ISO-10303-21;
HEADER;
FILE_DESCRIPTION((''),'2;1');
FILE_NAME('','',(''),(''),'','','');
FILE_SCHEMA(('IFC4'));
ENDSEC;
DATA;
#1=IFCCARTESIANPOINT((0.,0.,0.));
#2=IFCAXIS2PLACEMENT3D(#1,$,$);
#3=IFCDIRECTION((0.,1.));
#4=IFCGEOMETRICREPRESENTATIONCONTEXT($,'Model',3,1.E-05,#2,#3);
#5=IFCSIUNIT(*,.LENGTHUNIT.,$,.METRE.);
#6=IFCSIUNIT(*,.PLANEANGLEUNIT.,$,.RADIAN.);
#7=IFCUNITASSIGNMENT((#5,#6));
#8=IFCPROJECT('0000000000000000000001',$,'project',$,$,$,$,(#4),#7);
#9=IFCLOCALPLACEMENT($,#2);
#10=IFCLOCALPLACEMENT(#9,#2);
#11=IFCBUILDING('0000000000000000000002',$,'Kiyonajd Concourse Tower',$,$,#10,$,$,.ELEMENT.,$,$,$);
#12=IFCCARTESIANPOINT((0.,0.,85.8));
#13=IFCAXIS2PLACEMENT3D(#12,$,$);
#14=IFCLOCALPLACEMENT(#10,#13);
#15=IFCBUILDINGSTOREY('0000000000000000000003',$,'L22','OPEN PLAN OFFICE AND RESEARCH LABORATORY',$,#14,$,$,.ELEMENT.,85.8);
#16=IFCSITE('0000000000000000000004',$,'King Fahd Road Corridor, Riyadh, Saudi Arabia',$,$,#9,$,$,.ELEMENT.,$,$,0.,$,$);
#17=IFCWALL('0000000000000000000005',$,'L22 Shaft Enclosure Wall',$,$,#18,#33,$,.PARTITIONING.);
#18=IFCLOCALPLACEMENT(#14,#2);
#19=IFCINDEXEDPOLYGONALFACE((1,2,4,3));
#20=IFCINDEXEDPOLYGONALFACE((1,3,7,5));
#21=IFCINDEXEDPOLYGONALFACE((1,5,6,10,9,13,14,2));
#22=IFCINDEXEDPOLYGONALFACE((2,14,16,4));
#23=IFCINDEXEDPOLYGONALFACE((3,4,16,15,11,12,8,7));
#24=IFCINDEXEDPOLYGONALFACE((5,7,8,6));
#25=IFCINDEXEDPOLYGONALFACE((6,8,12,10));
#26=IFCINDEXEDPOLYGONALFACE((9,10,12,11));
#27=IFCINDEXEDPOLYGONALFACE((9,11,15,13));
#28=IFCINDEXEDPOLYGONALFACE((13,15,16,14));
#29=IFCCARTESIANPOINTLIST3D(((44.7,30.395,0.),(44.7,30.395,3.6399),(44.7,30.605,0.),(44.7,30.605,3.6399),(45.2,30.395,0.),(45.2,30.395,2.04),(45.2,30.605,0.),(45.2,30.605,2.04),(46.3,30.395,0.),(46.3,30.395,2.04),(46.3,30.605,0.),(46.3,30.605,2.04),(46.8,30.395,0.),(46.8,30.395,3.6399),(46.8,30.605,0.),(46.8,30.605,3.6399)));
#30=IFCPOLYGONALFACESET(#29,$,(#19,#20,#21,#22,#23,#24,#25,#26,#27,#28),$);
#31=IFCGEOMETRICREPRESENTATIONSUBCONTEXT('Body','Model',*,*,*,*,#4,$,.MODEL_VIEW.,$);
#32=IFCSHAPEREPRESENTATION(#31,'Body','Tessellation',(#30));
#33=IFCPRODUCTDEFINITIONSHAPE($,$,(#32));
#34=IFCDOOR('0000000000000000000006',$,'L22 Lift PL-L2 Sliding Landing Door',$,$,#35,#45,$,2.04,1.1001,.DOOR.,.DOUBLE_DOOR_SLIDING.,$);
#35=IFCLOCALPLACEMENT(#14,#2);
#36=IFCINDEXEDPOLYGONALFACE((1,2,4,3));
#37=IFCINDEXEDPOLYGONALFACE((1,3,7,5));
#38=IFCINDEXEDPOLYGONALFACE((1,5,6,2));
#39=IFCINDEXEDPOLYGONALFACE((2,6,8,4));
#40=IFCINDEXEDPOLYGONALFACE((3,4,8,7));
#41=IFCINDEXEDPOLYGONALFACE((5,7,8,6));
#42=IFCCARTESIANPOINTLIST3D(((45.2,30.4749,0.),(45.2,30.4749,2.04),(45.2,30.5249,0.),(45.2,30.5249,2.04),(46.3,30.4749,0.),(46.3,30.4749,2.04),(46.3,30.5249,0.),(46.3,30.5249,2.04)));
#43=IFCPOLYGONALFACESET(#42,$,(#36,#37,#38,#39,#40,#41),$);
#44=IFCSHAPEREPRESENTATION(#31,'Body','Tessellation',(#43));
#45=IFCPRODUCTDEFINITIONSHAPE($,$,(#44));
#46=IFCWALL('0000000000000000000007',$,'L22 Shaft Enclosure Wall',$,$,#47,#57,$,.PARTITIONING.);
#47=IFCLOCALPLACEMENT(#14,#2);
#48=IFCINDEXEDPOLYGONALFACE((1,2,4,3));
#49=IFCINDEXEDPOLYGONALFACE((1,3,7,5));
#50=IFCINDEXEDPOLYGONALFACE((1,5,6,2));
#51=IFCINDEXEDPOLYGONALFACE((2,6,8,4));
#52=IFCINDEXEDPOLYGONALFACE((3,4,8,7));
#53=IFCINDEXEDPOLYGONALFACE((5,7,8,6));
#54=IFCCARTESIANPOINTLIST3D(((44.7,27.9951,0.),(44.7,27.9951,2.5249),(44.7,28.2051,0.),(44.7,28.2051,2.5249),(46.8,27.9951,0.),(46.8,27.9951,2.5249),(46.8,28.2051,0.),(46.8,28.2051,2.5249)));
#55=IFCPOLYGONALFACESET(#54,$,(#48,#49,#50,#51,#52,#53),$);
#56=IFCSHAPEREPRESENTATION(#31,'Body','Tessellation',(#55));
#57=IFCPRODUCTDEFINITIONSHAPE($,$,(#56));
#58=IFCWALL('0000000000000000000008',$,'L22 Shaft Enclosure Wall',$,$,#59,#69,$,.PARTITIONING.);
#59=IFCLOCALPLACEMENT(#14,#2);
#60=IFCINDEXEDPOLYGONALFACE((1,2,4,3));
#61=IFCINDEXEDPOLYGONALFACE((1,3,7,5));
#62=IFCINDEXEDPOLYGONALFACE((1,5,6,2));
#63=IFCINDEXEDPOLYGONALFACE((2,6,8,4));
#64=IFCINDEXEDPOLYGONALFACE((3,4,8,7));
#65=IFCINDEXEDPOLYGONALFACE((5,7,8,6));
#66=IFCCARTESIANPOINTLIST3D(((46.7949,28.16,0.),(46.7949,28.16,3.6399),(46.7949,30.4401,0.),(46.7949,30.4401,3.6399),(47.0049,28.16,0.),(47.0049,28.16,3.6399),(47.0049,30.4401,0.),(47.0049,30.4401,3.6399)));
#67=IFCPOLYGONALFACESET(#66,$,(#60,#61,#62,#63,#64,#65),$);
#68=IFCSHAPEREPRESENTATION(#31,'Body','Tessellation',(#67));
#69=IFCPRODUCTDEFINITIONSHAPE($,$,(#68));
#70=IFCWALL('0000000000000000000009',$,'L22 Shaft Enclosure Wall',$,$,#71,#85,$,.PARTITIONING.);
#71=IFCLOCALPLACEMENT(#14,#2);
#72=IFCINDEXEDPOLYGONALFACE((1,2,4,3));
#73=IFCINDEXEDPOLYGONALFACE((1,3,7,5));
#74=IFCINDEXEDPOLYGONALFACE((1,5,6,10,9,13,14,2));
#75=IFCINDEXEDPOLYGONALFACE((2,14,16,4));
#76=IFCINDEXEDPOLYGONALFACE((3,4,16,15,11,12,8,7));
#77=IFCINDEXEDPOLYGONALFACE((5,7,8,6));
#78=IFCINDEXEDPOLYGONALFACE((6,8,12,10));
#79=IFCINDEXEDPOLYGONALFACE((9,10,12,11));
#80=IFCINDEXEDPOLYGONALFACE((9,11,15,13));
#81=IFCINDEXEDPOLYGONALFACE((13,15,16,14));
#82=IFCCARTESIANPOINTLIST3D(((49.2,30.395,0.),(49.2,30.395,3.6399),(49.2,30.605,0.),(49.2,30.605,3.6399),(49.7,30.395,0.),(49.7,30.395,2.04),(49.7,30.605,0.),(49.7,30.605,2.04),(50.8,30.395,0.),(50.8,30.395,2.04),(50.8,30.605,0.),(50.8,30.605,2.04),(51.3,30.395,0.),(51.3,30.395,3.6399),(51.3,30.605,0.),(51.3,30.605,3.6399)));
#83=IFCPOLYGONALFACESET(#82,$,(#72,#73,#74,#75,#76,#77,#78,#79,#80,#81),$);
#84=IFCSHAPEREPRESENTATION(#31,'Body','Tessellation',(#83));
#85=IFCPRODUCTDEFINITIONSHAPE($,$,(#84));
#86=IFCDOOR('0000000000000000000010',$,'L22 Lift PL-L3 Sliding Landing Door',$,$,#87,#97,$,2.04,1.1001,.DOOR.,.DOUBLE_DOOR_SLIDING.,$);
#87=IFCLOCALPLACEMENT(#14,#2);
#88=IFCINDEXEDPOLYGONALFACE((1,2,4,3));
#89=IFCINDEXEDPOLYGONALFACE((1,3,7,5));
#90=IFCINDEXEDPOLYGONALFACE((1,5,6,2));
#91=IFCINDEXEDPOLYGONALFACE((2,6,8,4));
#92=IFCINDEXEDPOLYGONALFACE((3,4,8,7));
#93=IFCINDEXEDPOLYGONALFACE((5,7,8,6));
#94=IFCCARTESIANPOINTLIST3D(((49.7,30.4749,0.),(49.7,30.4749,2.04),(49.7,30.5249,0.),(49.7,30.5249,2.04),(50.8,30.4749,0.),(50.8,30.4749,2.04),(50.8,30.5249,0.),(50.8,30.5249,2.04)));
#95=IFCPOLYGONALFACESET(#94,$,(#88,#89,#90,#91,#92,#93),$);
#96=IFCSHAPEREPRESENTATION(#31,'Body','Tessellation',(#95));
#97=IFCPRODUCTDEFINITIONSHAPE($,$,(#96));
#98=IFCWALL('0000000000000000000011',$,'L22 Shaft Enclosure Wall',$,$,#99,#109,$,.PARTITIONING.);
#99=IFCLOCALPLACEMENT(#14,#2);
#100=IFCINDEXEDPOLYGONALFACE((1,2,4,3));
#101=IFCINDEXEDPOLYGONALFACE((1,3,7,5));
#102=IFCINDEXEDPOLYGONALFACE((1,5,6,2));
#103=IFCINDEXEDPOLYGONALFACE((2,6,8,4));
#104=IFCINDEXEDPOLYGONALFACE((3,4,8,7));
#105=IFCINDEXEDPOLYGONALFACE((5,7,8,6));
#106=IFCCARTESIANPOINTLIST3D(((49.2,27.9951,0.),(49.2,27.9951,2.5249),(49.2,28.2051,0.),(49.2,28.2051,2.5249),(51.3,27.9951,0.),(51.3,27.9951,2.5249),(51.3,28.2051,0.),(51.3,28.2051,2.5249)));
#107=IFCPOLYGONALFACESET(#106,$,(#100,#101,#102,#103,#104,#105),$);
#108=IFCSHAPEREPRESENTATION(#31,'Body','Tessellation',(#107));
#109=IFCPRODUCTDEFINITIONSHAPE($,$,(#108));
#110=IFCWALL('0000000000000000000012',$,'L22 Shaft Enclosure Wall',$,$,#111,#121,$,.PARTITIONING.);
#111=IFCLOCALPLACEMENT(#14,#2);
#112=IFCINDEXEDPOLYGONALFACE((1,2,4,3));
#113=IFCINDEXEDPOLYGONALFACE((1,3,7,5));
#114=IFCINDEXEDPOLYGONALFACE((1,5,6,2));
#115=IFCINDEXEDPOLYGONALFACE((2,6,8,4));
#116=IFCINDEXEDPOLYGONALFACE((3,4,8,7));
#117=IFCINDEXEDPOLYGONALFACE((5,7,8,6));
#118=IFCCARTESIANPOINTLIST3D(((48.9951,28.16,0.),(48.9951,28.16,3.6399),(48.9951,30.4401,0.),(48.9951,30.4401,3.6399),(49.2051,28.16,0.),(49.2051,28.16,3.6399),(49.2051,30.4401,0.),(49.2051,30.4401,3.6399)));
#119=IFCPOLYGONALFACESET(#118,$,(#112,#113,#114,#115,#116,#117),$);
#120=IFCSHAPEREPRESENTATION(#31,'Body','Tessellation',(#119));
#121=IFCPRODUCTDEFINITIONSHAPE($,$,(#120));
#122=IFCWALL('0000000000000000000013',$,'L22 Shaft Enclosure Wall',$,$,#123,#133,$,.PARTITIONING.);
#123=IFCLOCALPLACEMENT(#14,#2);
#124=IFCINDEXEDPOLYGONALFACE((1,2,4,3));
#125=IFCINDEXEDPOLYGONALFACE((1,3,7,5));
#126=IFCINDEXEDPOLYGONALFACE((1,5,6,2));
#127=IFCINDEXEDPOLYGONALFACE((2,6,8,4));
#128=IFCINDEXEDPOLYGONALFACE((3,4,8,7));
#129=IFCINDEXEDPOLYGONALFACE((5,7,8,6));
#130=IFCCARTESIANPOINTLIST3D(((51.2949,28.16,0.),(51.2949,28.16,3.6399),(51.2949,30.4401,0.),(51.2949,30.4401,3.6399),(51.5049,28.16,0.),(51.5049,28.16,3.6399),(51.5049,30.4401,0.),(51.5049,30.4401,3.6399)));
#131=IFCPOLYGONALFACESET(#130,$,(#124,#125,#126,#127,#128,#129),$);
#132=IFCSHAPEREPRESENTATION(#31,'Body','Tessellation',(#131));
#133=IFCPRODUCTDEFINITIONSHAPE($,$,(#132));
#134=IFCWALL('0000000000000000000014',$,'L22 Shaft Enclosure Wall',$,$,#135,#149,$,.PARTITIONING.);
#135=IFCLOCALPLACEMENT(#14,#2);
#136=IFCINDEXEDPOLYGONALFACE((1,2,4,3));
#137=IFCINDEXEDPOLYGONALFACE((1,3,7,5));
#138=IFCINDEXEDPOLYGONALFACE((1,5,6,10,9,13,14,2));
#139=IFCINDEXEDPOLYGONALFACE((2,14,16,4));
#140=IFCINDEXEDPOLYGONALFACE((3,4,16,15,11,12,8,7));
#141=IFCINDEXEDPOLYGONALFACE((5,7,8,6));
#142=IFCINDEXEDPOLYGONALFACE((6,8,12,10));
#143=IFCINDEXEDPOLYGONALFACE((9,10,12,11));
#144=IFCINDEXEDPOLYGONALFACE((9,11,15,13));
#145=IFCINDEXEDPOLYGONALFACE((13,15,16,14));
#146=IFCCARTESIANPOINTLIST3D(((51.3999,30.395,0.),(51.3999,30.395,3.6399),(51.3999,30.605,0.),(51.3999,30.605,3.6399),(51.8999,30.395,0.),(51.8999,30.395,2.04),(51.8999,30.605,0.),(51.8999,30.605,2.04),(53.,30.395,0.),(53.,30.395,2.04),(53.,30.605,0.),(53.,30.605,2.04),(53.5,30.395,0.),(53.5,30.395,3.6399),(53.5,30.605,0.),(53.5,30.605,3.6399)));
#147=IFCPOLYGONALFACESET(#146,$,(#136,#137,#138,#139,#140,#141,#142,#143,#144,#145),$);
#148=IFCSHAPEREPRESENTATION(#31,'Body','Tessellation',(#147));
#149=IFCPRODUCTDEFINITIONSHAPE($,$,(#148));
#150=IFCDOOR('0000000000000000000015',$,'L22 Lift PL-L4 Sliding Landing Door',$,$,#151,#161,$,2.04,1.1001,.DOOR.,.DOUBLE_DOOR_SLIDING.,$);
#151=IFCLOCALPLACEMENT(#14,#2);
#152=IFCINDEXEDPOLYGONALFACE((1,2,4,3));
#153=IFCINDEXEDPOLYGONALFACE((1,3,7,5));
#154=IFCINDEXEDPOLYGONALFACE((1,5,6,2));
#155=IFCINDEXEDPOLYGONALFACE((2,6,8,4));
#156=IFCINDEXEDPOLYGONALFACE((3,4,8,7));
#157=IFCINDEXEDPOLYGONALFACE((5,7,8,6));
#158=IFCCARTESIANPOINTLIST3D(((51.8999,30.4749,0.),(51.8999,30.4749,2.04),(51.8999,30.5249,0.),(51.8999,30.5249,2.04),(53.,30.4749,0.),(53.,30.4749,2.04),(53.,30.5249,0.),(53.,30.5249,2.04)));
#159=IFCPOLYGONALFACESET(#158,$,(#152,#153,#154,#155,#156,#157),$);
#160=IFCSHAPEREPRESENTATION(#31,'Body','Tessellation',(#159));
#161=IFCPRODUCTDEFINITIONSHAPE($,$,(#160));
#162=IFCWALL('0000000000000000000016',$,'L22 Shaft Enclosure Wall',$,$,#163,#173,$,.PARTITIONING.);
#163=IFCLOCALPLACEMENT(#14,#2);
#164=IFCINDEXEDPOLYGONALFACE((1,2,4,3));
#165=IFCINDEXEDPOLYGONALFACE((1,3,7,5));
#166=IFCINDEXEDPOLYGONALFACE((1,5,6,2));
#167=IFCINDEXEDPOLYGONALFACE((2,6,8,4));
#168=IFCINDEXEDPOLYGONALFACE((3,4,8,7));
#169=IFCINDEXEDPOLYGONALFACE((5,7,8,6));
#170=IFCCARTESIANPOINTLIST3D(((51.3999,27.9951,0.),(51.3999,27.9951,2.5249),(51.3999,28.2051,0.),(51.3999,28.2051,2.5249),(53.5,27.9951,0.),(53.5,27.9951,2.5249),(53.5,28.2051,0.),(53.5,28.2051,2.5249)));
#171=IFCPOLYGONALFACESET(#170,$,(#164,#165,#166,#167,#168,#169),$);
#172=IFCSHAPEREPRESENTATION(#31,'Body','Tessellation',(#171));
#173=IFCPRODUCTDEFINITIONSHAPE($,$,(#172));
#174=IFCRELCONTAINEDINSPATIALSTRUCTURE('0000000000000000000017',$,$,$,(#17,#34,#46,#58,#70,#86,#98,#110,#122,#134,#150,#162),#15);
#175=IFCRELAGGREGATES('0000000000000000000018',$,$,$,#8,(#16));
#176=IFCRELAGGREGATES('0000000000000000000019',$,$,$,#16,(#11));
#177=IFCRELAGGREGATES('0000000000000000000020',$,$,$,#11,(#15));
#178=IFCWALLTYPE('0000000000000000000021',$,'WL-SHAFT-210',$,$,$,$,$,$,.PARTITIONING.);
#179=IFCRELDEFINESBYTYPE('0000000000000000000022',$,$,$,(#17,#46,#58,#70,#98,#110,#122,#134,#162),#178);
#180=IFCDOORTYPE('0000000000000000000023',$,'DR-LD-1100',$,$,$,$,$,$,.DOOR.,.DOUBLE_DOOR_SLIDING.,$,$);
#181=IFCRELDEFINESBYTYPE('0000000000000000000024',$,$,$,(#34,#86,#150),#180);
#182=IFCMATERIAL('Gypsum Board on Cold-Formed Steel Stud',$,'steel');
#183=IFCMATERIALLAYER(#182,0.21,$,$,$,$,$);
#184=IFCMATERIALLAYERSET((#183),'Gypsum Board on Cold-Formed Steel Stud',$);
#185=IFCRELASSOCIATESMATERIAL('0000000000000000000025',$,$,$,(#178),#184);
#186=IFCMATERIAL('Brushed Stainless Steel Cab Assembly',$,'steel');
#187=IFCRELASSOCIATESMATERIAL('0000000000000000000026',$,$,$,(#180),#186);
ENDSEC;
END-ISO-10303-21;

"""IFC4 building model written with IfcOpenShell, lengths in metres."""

from ifc_helpers import new_model, si_unit, direction, frame, frame_2d, origin, place, context, subcontext, project, spatial, rectangle, extrude, material, layer, layer_set, type_object, element, fill, save


model = new_model("IFC4")

# Units and contexts
model_context = context("Model", 3, precision=1e-05, world=origin(), true_north=direction((0.0, 1.0)))
body_context = subcontext(model_context, "Body", "Model", "MODEL_VIEW")
ifc_project = project(units=[si_unit("LENGTHUNIT", "METRE"), si_unit("PLANEANGLEUNIT", "RADIAN")], contexts=[model_context])

# Site, building, storey
site_placement = place(None, origin())
site = spatial("IfcSite", under=ifc_project, at=site_placement, Name="King Fahd Road Corridor, Riyadh, Saudi Arabia", CompositionType="ELEMENT", RefElevation=0.0)
building_placement = place(site_placement, origin())
building = spatial("IfcBuilding", under=site, at=building_placement, Name="Kiyonajd Concourse Tower", CompositionType="ELEMENT")
storey_placement = place(building_placement, frame((0.0, 0.0, 85.8)))
storey = spatial("IfcBuildingStorey", under=building, at=storey_placement, Name="L22", Description="OPEN PLAN OFFICE AND RESEARCH LABORATORY", CompositionType="ELEMENT", Elevation=85.8)

# Shared definitions
ifc_material_1 = material(Name="Brushed Stainless Steel Cab Assembly", Category="steel")
ifc_material_2 = material(Name="Gypsum Board on Cold-Formed Steel Stud", Category="steel")
ifc_layer_1 = layer(ifc_material_2, 0.21)
ifc_layer_set_1 = layer_set([ifc_layer_1], Name="Gypsum Board on Cold-Formed Steel Stud")
wall_type_1 = type_object("IfcWallType", Name="WL-SHAFT-210", PredefinedType="PARTITIONING", material=ifc_layer_set_1)

# Wall, opening, door
wall_1_placement = place(storey_placement, frame((44.7, 30.5, 0.0), z_axis=(0.0, 0.0, 1.0), x_axis=(1.0, 0.0, 0.0)))
wall_1 = element("IfcWall", 1, at=wall_1_placement, inside=storey, type_object=wall_type_1, Name="L22 Shaft Enclosure Wall", PredefinedType="PARTITIONING", context=body_context, shape_type="SweptSolid", body=[
    extrude(rectangle(XDim=2.1001, YDim=0.21, at=frame_2d((1.05, 0.0))), origin(), (0.0, 0.0, 1.0), 3.6399),
])
opening_1_placement = place(wall_1_placement, frame((0.5, 0.0, 0.0)))
opening_1 = element("IfcOpeningElement", 2, at=opening_1_placement, cuts=wall_1, PredefinedType="OPENING", context=body_context, shape_type="SweptSolid", body=[
    extrude(rectangle(XDim=1.1001, YDim=2.04, at=frame_2d((0.55, 1.02))), frame((0.0, 0.115, 0.0), z_axis=(0.0, -1.0, 0.0), x_axis=(1.0, 0.0, 0.0)), (0.0, 0.0, 1.0), 0.23),
])
door_type_1 = type_object("IfcDoorType", Name="DR-LD-1100", OperationType="DOUBLE_DOOR_SLIDING", PredefinedType="DOOR", material=ifc_material_1)
door_1_placement = place(opening_1_placement, origin())
door_1 = element("IfcDoor", 3, at=door_1_placement, inside=storey, type_object=door_type_1, Name="L22 Lift PL-L2 Sliding Landing Door", OperationType="DOUBLE_DOOR_SLIDING", OverallHeight=2.04, OverallWidth=1.1001, PredefinedType="DOOR", context=body_context, shape_type="SweptSolid", body=[
    extrude(rectangle(XDim=1.1001, YDim=2.04, at=frame_2d((0.55, 1.02))), frame((0.0, 0.0249, 0.0), z_axis=(0.0, -1.0, 0.0), x_axis=(1.0, 0.0, 0.0)), (0.0, 0.0, 1.0), 0.05),
])
fill(opening_1, door_1)

# Walls
wall_2_placement = place(storey_placement, frame((44.7, 28.1001, 0.0), z_axis=(0.0, 0.0, 1.0), x_axis=(1.0, 0.0, 0.0)))
element("IfcWall", 4, at=wall_2_placement, inside=storey, type_object=wall_type_1, Name="L22 Shaft Enclosure Wall", PredefinedType="PARTITIONING", context=body_context, shape_type="SweptSolid", body=[
    extrude(rectangle(XDim=2.1001, YDim=0.21, at=frame_2d((1.05, 0.0))), origin(), (0.0, 0.0, 1.0), 2.5249),
])
wall_3_placement = place(storey_placement, frame((46.8999, 28.1599, 0.0), z_axis=(0.0, 0.0, 1.0), x_axis=(0.0, 1.0, 0.0)))
element("IfcWall", 5, at=wall_3_placement, inside=storey, type_object=wall_type_1, Name="L22 Shaft Enclosure Wall", PredefinedType="PARTITIONING", context=body_context, shape_type="SweptSolid", body=[
    extrude(rectangle(XDim=2.28, YDim=0.21, at=frame_2d((1.1401, 0.0))), origin(), (0.0, 0.0, 1.0), 3.6399),
])

# Wall, opening, door
wall_4_placement = place(storey_placement, frame((49.2, 30.5, 0.0), z_axis=(0.0, 0.0, 1.0), x_axis=(1.0, 0.0, 0.0)))
wall_4 = element("IfcWall", 6, at=wall_4_placement, inside=storey, type_object=wall_type_1, Name="L22 Shaft Enclosure Wall", PredefinedType="PARTITIONING", context=body_context, shape_type="SweptSolid", body=[
    extrude(rectangle(XDim=2.1001, YDim=0.21, at=frame_2d((1.05, 0.0))), origin(), (0.0, 0.0, 1.0), 3.6399),
])
opening_2_placement = place(wall_4_placement, frame((0.5, 0.0, 0.0)))
opening_2 = element("IfcOpeningElement", 7, at=opening_2_placement, cuts=wall_4, PredefinedType="OPENING", context=body_context, shape_type="SweptSolid", body=[
    extrude(rectangle(XDim=1.1001, YDim=2.04, at=frame_2d((0.55, 1.02))), frame((0.0, 0.115, 0.0), z_axis=(0.0, -1.0, 0.0), x_axis=(1.0, 0.0, 0.0)), (0.0, 0.0, 1.0), 0.23),
])
door_2_placement = place(opening_2_placement, origin())
door_2 = element("IfcDoor", 8, at=door_2_placement, inside=storey, type_object=door_type_1, Name="L22 Lift PL-L3 Sliding Landing Door", OperationType="DOUBLE_DOOR_SLIDING", OverallHeight=2.04, OverallWidth=1.1001, PredefinedType="DOOR", context=body_context, shape_type="SweptSolid", body=[
    extrude(rectangle(XDim=1.1001, YDim=2.04, at=frame_2d((0.55, 1.02))), frame((0.0, 0.0249, 0.0), z_axis=(0.0, -1.0, 0.0), x_axis=(1.0, 0.0, 0.0)), (0.0, 0.0, 1.0), 0.05),
])
fill(opening_2, door_2)

# Walls
wall_5_placement = place(storey_placement, frame((49.2, 28.1001, 0.0), z_axis=(0.0, 0.0, 1.0), x_axis=(1.0, 0.0, 0.0)))
element("IfcWall", 9, at=wall_5_placement, inside=storey, type_object=wall_type_1, Name="L22 Shaft Enclosure Wall", PredefinedType="PARTITIONING", context=body_context, shape_type="SweptSolid", body=[
    extrude(rectangle(XDim=2.1001, YDim=0.21, at=frame_2d((1.05, 0.0))), origin(), (0.0, 0.0, 1.0), 2.5249),
])
for number, where, z_axis, x_axis, name in (
    (10, (49.1001, 28.1599, 0.0), (0.0, 0.0, 1.0), (0.0, 1.0, 0.0), "L22 Shaft Enclosure Wall"),
    (11, (51.3999, 28.1599, 0.0), (0.0, 0.0, 1.0), (0.0, 1.0, 0.0), "L22 Shaft Enclosure Wall"),
):
    element("IfcWall", number, at=place(storey_placement, frame(where, z_axis=z_axis, x_axis=x_axis)), inside=storey, type_object=wall_type_1, Name=name, PredefinedType="PARTITIONING", context=body_context, shape_type="SweptSolid", body=[
        extrude(rectangle(XDim=2.28, YDim=0.21, at=frame_2d((1.1401, 0.0))), origin(), (0.0, 0.0, 1.0), 3.6399),
    ])

# Wall, opening, door
wall_6_placement = place(storey_placement, frame((51.3999, 30.5, 0.0), z_axis=(0.0, 0.0, 1.0), x_axis=(1.0, 0.0, 0.0)))
wall_6 = element("IfcWall", 12, at=wall_6_placement, inside=storey, type_object=wall_type_1, Name="L22 Shaft Enclosure Wall", PredefinedType="PARTITIONING", context=body_context, shape_type="SweptSolid", body=[
    extrude(rectangle(XDim=2.1001, YDim=0.21, at=frame_2d((1.05, 0.0))), origin(), (0.0, 0.0, 1.0), 3.6399),
])
opening_3_placement = place(wall_6_placement, frame((0.5, 0.0, 0.0)))
opening_3 = element("IfcOpeningElement", 13, at=opening_3_placement, cuts=wall_6, PredefinedType="OPENING", context=body_context, shape_type="SweptSolid", body=[
    extrude(rectangle(XDim=1.1001, YDim=2.04, at=frame_2d((0.55, 1.02))), frame((0.0, 0.115, 0.0), z_axis=(0.0, -1.0, 0.0), x_axis=(1.0, 0.0, 0.0)), (0.0, 0.0, 1.0), 0.23),
])
door_3_placement = place(opening_3_placement, origin())
door_3 = element("IfcDoor", 14, at=door_3_placement, inside=storey, type_object=door_type_1, Name="L22 Lift PL-L4 Sliding Landing Door", OperationType="DOUBLE_DOOR_SLIDING", OverallHeight=2.04, OverallWidth=1.1001, PredefinedType="DOOR", context=body_context, shape_type="SweptSolid", body=[
    extrude(rectangle(XDim=1.1001, YDim=2.04, at=frame_2d((0.55, 1.02))), frame((0.0, 0.0249, 0.0), z_axis=(0.0, -1.0, 0.0), x_axis=(1.0, 0.0, 0.0)), (0.0, 0.0, 1.0), 0.05),
])
fill(opening_3, door_3)

# Wall
wall_7_placement = place(storey_placement, frame((51.3999, 28.1001, 0.0), z_axis=(0.0, 0.0, 1.0), x_axis=(1.0, 0.0, 0.0)))
element("IfcWall", 15, at=wall_7_placement, inside=storey, type_object=wall_type_1, Name="L22 Shaft Enclosure Wall", PredefinedType="PARTITIONING", context=body_context, shape_type="SweptSolid", body=[
    extrude(rectangle(XDim=2.1001, YDim=0.21, at=frame_2d((1.05, 0.0))), origin(), (0.0, 0.0, 1.0), 2.5249),
])

save(model, "model.ifc")
